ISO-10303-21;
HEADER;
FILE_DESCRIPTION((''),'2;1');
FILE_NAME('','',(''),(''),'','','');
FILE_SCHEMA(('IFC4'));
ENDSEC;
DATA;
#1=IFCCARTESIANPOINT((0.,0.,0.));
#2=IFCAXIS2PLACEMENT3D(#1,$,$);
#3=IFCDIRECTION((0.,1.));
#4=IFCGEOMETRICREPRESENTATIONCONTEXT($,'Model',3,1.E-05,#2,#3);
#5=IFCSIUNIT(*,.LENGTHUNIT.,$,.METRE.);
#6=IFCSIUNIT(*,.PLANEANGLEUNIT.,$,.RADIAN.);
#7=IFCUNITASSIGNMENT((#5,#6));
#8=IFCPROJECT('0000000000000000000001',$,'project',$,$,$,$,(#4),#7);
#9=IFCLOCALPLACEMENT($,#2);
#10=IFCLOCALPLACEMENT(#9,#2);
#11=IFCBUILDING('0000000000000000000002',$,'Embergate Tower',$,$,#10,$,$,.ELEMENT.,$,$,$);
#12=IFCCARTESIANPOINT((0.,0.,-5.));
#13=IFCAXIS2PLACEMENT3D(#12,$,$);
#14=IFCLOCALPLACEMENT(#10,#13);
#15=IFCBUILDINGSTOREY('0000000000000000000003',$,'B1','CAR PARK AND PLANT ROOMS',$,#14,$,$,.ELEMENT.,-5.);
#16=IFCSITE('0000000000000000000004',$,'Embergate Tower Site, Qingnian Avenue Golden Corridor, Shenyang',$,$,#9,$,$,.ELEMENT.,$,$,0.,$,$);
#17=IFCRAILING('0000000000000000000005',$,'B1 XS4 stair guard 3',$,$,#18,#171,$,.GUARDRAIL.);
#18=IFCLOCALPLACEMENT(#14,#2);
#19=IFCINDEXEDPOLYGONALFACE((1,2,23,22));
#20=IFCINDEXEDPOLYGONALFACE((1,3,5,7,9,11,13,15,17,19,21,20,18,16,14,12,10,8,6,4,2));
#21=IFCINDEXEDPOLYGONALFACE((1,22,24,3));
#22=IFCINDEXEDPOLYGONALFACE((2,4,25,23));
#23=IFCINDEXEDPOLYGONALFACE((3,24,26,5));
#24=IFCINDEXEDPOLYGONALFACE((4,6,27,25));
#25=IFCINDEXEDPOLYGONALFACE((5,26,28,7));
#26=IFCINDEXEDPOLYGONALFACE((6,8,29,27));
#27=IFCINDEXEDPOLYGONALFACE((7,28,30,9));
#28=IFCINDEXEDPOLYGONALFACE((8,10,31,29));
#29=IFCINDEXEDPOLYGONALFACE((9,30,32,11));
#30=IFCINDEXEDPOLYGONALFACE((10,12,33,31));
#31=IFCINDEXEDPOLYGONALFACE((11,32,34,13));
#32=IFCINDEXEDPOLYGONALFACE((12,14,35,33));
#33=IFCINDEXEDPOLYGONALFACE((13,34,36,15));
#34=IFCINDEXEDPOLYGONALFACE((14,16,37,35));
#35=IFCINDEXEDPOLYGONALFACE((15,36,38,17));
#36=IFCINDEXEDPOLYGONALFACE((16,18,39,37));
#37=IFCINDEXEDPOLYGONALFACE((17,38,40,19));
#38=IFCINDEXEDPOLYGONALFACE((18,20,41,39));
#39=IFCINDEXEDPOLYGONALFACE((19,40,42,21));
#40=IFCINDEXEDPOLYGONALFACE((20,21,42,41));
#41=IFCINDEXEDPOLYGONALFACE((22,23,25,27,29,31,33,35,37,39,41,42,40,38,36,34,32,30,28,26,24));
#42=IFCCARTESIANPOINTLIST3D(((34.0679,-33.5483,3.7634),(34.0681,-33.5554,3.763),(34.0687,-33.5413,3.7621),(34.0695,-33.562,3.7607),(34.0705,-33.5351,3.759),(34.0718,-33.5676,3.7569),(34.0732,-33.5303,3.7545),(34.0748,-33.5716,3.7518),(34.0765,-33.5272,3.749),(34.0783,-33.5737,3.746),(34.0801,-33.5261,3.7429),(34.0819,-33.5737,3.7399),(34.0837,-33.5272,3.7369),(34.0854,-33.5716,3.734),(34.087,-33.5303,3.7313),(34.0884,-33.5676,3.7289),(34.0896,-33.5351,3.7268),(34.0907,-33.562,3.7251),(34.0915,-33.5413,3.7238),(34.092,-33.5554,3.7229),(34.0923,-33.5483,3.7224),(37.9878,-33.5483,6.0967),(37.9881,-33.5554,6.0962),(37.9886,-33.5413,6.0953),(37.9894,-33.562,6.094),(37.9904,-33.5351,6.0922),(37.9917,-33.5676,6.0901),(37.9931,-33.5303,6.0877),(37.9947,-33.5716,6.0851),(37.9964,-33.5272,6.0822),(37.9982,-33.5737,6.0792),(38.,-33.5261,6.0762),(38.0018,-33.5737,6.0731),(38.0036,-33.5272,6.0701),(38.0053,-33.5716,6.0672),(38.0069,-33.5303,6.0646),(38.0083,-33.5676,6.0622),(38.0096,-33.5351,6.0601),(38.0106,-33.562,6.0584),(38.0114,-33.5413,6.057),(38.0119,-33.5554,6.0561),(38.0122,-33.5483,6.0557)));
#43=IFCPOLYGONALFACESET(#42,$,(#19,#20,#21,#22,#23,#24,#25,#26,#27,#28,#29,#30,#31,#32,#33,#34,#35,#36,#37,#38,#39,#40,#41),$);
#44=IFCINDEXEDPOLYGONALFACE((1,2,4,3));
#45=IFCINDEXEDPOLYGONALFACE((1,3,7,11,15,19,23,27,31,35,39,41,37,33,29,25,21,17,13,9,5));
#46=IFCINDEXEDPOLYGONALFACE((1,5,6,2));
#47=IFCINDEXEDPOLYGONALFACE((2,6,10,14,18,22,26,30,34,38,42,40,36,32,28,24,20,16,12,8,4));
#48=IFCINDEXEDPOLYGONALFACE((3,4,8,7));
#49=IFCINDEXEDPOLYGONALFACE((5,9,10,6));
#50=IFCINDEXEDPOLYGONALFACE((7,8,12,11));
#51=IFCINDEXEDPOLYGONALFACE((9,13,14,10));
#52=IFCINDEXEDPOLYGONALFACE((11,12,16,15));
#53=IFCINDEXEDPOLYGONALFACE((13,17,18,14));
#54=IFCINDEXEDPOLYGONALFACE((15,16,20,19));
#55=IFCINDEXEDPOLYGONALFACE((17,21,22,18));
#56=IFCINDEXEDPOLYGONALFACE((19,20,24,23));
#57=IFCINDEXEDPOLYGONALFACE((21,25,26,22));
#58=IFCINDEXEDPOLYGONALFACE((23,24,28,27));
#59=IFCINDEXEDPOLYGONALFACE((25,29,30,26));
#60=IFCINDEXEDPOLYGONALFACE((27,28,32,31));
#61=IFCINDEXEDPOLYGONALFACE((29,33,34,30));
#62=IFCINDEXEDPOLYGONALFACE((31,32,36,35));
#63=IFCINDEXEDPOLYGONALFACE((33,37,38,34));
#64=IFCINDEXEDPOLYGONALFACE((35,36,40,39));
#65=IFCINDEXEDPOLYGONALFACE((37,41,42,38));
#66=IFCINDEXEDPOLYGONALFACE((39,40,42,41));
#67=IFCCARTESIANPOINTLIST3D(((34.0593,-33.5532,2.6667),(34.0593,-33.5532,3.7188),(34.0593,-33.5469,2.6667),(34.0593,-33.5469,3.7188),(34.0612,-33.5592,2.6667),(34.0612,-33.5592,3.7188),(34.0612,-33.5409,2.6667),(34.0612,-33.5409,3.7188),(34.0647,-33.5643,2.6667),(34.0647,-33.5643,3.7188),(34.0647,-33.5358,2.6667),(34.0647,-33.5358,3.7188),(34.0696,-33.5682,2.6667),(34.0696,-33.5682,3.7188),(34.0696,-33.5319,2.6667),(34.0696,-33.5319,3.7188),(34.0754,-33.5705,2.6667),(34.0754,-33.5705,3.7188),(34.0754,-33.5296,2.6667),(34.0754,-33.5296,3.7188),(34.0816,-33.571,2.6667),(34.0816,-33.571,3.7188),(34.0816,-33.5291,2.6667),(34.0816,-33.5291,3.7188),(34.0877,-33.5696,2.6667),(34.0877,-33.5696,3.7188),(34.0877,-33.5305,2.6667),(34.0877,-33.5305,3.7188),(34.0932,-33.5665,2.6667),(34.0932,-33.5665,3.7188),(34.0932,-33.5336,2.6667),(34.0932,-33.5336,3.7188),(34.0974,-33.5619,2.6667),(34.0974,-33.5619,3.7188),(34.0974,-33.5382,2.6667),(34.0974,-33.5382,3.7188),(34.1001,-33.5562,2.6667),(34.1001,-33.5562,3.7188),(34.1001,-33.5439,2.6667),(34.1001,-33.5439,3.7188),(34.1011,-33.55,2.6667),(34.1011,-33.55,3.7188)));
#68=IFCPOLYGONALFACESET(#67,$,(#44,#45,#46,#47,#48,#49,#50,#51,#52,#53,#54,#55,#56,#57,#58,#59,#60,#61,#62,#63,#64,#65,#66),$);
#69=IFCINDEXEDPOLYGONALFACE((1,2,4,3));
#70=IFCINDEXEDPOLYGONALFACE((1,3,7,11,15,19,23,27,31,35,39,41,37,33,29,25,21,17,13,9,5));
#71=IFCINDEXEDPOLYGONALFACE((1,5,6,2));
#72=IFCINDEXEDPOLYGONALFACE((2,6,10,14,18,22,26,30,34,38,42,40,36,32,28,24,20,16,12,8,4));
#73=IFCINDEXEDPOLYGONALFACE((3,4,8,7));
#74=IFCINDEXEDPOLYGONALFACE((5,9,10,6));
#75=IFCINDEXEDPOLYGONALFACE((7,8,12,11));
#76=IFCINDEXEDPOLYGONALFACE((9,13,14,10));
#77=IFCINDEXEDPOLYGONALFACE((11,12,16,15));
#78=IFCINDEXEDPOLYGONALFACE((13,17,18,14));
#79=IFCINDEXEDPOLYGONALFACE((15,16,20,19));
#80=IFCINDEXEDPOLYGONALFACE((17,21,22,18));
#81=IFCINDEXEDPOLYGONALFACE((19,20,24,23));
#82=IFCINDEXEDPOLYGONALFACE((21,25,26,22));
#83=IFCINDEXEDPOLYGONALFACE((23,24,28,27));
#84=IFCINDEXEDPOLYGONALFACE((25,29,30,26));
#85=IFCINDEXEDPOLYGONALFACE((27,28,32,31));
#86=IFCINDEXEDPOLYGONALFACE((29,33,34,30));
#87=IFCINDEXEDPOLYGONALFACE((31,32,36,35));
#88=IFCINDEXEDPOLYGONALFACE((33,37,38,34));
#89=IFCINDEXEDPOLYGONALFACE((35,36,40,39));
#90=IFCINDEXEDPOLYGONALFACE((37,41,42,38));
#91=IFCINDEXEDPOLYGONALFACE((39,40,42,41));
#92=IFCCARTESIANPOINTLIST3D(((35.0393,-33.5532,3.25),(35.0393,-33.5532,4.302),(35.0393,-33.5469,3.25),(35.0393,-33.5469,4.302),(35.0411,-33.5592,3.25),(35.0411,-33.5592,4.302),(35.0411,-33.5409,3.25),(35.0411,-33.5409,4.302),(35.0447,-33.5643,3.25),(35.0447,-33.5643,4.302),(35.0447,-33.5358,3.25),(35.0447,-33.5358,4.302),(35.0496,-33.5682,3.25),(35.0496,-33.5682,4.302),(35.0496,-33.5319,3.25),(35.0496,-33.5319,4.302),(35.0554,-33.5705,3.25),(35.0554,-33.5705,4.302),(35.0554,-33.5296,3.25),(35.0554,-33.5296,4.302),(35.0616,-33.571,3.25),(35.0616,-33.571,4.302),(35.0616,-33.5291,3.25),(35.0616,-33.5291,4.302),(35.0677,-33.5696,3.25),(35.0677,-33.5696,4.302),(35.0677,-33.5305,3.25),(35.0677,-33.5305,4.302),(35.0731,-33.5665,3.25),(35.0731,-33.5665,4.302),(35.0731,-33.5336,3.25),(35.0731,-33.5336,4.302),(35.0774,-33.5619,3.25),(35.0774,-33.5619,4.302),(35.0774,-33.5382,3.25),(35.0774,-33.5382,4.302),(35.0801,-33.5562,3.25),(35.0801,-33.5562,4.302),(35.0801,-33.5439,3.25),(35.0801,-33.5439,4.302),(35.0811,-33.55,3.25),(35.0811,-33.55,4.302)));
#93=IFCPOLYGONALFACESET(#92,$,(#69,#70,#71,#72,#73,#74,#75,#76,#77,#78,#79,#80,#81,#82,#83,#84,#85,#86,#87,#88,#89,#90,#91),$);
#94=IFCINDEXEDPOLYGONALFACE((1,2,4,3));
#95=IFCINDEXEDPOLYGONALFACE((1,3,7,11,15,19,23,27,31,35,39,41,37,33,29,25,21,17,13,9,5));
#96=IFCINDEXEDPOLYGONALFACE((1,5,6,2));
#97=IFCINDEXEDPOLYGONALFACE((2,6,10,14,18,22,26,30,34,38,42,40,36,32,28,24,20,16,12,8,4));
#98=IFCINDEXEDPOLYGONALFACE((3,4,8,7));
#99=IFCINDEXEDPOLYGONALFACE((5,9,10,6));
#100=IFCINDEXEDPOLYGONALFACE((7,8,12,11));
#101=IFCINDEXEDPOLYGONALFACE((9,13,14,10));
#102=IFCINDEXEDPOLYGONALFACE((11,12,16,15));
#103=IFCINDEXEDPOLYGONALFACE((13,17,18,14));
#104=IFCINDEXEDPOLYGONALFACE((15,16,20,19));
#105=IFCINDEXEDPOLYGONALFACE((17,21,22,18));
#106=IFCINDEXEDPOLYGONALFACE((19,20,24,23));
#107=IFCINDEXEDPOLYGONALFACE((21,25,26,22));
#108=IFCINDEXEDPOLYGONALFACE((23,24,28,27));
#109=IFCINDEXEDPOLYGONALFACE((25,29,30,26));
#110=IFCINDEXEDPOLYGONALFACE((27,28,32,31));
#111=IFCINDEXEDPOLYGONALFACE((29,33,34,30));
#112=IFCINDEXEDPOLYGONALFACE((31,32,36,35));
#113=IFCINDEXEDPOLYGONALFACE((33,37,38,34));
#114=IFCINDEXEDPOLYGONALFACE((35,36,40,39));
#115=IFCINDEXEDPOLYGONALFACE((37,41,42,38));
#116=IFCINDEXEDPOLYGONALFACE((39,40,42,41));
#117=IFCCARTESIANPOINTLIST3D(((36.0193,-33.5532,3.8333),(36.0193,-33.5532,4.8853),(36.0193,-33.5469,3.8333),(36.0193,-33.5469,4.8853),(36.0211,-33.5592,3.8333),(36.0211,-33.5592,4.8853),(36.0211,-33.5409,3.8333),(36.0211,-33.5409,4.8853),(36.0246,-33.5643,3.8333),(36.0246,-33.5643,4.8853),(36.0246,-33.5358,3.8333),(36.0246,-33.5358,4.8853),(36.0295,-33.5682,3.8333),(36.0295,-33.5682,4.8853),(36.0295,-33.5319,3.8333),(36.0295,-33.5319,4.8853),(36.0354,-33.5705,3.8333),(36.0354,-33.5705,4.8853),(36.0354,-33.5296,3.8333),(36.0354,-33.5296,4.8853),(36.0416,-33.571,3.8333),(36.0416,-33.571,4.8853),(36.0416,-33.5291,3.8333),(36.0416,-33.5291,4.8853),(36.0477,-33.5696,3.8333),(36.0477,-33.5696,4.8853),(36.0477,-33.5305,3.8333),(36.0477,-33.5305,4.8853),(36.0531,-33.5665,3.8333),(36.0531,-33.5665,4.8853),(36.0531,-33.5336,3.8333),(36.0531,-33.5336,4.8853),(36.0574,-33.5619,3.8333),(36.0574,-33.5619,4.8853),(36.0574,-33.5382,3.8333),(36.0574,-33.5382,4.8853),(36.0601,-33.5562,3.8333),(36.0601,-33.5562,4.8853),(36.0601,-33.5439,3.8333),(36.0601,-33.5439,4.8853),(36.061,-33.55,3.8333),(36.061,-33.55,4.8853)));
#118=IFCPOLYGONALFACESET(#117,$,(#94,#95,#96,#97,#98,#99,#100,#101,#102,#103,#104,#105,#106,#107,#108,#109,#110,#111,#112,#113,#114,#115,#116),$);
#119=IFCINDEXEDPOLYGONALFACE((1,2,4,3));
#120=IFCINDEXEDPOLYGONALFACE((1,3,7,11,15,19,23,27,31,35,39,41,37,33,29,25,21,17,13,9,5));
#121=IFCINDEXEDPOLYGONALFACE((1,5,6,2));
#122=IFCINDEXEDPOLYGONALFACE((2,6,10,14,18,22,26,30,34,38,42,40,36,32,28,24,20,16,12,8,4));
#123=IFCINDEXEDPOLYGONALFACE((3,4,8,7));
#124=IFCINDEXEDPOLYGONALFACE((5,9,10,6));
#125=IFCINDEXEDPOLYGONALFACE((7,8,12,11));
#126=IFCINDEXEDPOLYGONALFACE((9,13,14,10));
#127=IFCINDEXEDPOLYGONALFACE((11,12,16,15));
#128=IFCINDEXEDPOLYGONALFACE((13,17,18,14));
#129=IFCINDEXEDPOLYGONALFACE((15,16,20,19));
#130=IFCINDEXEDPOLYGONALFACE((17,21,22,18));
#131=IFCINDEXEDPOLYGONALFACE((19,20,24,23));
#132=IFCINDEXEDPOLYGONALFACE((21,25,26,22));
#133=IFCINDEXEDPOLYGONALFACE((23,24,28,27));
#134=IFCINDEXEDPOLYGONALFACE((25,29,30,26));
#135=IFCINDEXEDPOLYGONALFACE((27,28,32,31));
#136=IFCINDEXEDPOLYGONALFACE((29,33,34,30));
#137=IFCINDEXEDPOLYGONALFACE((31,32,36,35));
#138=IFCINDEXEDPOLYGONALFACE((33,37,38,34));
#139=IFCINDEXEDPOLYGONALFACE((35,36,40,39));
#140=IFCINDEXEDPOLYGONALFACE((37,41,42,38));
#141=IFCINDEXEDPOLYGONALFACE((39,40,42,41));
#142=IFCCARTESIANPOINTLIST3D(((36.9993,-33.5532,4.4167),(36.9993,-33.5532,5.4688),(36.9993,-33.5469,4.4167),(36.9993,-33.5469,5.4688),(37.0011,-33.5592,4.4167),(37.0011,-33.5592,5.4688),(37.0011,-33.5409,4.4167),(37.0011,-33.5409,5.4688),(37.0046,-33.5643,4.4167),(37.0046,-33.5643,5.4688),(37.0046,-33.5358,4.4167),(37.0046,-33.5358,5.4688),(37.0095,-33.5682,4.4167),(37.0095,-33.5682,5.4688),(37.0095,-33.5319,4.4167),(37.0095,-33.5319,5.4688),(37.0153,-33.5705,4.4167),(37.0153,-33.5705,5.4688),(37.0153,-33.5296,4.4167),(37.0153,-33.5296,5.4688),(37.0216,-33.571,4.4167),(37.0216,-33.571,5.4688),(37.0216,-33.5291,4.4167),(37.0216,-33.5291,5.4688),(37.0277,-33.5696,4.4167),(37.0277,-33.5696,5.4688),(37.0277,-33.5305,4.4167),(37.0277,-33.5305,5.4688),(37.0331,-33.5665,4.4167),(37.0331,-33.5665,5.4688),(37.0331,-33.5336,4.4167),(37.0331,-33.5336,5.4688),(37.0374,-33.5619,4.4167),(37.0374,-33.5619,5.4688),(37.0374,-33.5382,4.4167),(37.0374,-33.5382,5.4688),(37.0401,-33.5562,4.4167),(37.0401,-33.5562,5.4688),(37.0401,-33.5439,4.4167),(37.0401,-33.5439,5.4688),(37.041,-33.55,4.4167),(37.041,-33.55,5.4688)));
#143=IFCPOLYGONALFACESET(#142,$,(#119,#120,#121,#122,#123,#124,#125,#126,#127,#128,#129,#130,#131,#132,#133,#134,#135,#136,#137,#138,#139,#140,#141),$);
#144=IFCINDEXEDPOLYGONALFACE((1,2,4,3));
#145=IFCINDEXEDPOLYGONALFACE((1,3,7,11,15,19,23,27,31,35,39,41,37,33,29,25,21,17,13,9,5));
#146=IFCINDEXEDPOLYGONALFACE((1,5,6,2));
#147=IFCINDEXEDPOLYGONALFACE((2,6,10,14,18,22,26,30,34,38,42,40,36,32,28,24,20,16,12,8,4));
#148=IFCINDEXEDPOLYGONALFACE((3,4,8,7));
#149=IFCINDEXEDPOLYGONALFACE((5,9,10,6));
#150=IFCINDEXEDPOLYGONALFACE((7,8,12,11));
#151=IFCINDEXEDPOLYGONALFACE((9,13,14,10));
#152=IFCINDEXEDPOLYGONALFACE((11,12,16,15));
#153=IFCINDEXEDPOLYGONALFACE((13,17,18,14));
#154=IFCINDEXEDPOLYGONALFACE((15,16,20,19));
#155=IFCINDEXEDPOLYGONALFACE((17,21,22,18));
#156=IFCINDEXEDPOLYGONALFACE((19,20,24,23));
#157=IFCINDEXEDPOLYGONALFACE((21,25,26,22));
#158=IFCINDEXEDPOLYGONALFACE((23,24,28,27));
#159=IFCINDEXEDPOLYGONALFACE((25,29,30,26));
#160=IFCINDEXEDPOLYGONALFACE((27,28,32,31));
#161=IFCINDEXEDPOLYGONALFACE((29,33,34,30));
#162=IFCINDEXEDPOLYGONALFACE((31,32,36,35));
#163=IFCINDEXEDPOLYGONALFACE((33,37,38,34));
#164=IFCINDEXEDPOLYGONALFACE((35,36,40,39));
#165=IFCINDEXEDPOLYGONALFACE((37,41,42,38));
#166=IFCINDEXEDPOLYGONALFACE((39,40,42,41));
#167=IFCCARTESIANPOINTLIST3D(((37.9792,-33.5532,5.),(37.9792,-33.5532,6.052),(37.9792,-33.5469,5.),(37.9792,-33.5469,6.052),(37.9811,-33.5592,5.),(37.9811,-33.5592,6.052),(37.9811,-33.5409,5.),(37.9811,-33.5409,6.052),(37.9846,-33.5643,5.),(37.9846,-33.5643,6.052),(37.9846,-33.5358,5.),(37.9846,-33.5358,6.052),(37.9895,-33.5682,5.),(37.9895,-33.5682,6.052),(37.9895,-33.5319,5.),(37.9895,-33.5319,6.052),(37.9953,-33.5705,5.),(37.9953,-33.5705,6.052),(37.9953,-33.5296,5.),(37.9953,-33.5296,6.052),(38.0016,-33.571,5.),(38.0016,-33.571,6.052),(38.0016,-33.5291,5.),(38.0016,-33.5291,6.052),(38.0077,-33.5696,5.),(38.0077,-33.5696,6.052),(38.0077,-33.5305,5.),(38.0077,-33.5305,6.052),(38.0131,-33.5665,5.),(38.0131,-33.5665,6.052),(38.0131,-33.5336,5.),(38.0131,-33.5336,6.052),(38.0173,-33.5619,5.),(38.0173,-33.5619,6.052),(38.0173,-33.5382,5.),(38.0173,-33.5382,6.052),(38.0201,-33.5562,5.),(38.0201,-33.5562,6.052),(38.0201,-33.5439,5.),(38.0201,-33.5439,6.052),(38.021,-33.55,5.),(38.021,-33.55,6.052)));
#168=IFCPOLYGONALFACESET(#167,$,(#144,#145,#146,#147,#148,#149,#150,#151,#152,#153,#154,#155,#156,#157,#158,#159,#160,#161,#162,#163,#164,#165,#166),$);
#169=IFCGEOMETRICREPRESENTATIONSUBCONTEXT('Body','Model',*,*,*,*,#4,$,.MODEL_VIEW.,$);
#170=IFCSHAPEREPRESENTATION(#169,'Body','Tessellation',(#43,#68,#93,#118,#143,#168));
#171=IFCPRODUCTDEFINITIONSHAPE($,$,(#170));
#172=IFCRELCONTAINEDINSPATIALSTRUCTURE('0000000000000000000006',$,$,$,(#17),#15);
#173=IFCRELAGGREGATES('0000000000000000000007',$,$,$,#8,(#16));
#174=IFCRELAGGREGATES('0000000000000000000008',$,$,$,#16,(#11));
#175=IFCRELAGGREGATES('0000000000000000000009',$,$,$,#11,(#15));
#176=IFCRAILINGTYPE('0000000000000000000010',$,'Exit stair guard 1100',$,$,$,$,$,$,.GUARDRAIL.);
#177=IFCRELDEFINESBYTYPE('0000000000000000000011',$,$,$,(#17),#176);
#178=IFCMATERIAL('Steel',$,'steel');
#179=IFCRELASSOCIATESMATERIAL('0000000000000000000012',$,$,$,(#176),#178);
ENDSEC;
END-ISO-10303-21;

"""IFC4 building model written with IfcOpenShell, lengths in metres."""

from ifc_helpers import new_model, si_unit, direction, frame, origin, origin_2d, place, context, subcontext, project, spatial, circle, extrude, source, transform, mapped, material, type_object, element, save


model = new_model("IFC4")

# Units and contexts
model_context = context("Model", 3, precision=1e-05, world=origin(), true_north=direction((0.0, 1.0)))
body_context = subcontext(model_context, "Body", "Model", "MODEL_VIEW")
ifc_project = project(units=[si_unit("LENGTHUNIT", "METRE"), si_unit("PLANEANGLEUNIT", "RADIAN")], contexts=[model_context])

# Site, building, storey
site_placement = place(None, origin())
site = spatial("IfcSite", under=ifc_project, at=site_placement, Name="Embergate Tower Site, Qingnian Avenue Golden Corridor, Shenyang", CompositionType="ELEMENT", RefElevation=0.0)
building_placement = place(site_placement, origin())
building = spatial("IfcBuilding", under=site, at=building_placement, Name="Embergate Tower", CompositionType="ELEMENT")
storey_placement = place(building_placement, frame((0.0, 0.0, -5.0)))
storey = spatial("IfcBuildingStorey", under=building, at=storey_placement, Name="B1", Description="CAR PARK AND PLANT ROOMS", CompositionType="ELEMENT", Elevation=-5.0)

# Railing
ifc_material_1 = material(Name="Steel", Category="steel")
railing_type_1 = type_object("IfcRailingType", Name="Exit stair guard 1100", PredefinedType="GUARDRAIL", material=ifc_material_1)
shared_shape_1 = source(origin(), body_context, "Body", "SweptSolid", [
    extrude(circle(Radius=0.0239, at=origin_2d()), frame((0.0, 0.0, 1.0762), z_axis=(0.859296, 0.0, 0.511478), x_axis=(0.0, 1.0, 0.0)), (0.0, 0.0, 1.0), 4.5618),
    extrude(circle(Radius=0.021, at=origin_2d()), origin(), (0.0, 0.0, 1.0), 1.052),
    extrude(circle(Radius=0.021, at=origin_2d()), frame((0.98, 0.0, 0.5833)), (0.0, 0.0, 1.0), 1.052),
    extrude(circle(Radius=0.021, at=origin_2d()), frame((1.96, 0.0, 1.1665)), (0.0, 0.0, 1.0), 1.052),
    extrude(circle(Radius=0.021, at=origin_2d()), frame((2.9399, 0.0, 1.75)), (0.0, 0.0, 1.0), 1.052),
    extrude(circle(Radius=0.021, at=origin_2d()), frame((3.9199, 0.0, 2.3333)), (0.0, 0.0, 1.0), 1.052),
])
railing_1_placement = place(storey_placement, frame((34.0801, -33.55, 2.6667)))
element("IfcRailing", 1, at=railing_1_placement, inside=storey, type_object=railing_type_1, Name="B1 XS4 stair guard 3", PredefinedType="GUARDRAIL", context=body_context, shape_type="MappedRepresentation", body=[
    mapped(shared_shape_1, transform((0.0, 0.0, 0.0))),
])

save(model, "model.ifc")
